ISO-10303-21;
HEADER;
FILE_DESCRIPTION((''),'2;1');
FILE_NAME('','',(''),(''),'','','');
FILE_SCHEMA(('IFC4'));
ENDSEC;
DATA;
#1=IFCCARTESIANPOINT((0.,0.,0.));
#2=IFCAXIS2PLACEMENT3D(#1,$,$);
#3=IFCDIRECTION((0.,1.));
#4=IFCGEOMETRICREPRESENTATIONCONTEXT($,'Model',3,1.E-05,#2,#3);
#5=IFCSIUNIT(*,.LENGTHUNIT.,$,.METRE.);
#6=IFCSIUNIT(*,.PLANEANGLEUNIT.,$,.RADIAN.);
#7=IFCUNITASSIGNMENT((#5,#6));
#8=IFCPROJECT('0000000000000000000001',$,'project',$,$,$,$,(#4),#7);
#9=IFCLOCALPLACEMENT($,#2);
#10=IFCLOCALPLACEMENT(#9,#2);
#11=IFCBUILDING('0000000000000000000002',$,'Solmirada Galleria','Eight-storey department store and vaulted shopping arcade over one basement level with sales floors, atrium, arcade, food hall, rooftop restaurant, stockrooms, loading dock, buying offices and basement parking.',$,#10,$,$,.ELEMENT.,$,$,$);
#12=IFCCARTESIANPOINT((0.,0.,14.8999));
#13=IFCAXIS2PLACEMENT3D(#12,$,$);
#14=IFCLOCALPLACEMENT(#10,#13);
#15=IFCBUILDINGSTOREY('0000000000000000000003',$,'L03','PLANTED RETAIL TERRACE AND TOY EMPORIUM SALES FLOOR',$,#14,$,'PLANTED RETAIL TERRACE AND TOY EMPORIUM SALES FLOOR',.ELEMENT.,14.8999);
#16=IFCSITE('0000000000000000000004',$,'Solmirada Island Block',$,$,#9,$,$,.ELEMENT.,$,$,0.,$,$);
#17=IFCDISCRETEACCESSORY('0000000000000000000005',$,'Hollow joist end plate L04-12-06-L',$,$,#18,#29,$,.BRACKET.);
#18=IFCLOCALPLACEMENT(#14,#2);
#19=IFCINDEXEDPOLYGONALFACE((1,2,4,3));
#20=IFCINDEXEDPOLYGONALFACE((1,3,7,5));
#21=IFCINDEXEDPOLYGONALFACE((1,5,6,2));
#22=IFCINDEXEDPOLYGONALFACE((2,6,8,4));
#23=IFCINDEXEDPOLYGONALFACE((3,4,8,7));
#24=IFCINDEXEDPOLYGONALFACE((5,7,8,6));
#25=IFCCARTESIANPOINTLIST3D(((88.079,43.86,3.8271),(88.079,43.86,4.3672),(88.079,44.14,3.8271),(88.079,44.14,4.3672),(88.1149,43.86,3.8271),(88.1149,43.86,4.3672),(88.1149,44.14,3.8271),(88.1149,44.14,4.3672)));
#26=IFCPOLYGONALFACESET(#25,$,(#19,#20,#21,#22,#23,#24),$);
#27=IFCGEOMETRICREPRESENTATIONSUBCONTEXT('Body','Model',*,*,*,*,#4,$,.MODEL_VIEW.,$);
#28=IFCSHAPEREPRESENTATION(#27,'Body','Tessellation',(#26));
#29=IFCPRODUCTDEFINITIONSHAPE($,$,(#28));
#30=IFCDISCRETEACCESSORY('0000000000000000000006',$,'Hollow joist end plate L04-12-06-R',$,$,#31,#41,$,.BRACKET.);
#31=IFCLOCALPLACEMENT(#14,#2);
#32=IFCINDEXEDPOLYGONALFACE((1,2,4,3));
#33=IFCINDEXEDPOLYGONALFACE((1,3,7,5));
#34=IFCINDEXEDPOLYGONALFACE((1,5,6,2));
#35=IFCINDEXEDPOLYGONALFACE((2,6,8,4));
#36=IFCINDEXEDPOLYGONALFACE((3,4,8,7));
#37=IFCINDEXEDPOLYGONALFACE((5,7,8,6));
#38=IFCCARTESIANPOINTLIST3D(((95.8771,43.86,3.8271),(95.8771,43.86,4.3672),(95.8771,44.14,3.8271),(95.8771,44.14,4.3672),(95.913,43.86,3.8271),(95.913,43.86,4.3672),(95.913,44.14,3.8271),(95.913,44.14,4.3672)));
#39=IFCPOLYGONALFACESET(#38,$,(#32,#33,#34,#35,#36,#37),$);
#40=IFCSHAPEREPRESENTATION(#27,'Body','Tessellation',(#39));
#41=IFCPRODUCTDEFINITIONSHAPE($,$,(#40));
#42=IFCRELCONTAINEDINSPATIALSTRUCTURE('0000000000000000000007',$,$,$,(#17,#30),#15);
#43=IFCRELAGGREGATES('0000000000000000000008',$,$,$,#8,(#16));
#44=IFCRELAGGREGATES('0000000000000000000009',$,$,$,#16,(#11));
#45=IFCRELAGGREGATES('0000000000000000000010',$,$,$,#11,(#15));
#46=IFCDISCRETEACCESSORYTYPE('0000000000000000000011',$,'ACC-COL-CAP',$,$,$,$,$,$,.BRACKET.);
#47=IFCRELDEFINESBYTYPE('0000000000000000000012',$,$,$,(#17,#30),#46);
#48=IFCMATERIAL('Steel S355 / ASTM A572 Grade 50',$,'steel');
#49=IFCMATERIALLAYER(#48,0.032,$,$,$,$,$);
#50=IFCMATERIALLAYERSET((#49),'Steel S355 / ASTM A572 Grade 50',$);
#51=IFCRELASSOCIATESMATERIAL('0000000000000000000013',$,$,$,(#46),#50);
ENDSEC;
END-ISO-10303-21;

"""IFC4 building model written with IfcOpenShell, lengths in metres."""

from ifc_helpers import new_model, si_unit, direction, frame, origin, origin_2d, place, context, subcontext, project, spatial, rectangle, extrude, material, layer, layer_set, type_object, element, save


model = new_model("IFC4")

# Units and contexts
model_context = context("Model", 3, precision=1e-05, world=origin(), true_north=direction((0.0, 1.0)))
body_context = subcontext(model_context, "Body", "Model", "MODEL_VIEW")
ifc_project = project(units=[si_unit("LENGTHUNIT", "METRE"), si_unit("PLANEANGLEUNIT", "RADIAN")], contexts=[model_context])

# Site, building, storey
site_placement = place(None, origin())
site = spatial("IfcSite", under=ifc_project, at=site_placement, Name="Solmirada Island Block", CompositionType="ELEMENT", RefElevation=0.0)
building_placement = place(site_placement, origin())
building = spatial("IfcBuilding", under=site, at=building_placement, Name="Solmirada Galleria", Description="Eight-storey department store and vaulted shopping arcade over one basement level with sales floors, atrium, arcade, food hall, rooftop restaurant, stockrooms, loading dock, buying offices and basement parking.", CompositionType="ELEMENT")
storey_placement = place(building_placement, frame((0.0, 0.0, 14.8999)))
storey = spatial("IfcBuildingStorey", under=building, at=storey_placement, Name="L03", Description="PLANTED RETAIL TERRACE AND TOY EMPORIUM SALES FLOOR", LongName="PLANTED RETAIL TERRACE AND TOY EMPORIUM SALES FLOOR", CompositionType="ELEMENT", Elevation=14.8999)

# Discrete accessories
ifc_material_1 = material(Name="Steel S355 / ASTM A572 Grade 50", Category="steel")
ifc_layer_1 = layer(ifc_material_1, 0.032)
ifc_layer_set_1 = layer_set([ifc_layer_1], Name="Steel S355 / ASTM A572 Grade 50")
discrete_accessory_type = type_object("IfcDiscreteAccessoryType", Name="ACC-COL-CAP", PredefinedType="BRACKET", material=ifc_layer_set_1)
for number, where, z_axis, x_axis, name in (
    (1, (88.0969, 44.0, 3.8271), (0.0, 0.0, 1.0), (1.0, 0.0, 0.0), "Hollow joist end plate L04-12-06-L"),
    (2, (95.895, 44.0, 3.8271), (0.0, 0.0, 1.0), (1.0, 0.0, 0.0), "Hollow joist end plate L04-12-06-R"),
):
    element("IfcDiscreteAccessory", number, at=place(storey_placement, frame(where, z_axis=z_axis, x_axis=x_axis)), inside=storey, type_object=discrete_accessory_type, Name=name, PredefinedType="BRACKET", context=body_context, shape_type="SweptSolid", body=[
        extrude(rectangle(XDim=0.0359, YDim=0.28, at=origin_2d()), origin(), (0.0, 0.0, 1.0), 0.54),
    ])

save(model, "model.ifc")
